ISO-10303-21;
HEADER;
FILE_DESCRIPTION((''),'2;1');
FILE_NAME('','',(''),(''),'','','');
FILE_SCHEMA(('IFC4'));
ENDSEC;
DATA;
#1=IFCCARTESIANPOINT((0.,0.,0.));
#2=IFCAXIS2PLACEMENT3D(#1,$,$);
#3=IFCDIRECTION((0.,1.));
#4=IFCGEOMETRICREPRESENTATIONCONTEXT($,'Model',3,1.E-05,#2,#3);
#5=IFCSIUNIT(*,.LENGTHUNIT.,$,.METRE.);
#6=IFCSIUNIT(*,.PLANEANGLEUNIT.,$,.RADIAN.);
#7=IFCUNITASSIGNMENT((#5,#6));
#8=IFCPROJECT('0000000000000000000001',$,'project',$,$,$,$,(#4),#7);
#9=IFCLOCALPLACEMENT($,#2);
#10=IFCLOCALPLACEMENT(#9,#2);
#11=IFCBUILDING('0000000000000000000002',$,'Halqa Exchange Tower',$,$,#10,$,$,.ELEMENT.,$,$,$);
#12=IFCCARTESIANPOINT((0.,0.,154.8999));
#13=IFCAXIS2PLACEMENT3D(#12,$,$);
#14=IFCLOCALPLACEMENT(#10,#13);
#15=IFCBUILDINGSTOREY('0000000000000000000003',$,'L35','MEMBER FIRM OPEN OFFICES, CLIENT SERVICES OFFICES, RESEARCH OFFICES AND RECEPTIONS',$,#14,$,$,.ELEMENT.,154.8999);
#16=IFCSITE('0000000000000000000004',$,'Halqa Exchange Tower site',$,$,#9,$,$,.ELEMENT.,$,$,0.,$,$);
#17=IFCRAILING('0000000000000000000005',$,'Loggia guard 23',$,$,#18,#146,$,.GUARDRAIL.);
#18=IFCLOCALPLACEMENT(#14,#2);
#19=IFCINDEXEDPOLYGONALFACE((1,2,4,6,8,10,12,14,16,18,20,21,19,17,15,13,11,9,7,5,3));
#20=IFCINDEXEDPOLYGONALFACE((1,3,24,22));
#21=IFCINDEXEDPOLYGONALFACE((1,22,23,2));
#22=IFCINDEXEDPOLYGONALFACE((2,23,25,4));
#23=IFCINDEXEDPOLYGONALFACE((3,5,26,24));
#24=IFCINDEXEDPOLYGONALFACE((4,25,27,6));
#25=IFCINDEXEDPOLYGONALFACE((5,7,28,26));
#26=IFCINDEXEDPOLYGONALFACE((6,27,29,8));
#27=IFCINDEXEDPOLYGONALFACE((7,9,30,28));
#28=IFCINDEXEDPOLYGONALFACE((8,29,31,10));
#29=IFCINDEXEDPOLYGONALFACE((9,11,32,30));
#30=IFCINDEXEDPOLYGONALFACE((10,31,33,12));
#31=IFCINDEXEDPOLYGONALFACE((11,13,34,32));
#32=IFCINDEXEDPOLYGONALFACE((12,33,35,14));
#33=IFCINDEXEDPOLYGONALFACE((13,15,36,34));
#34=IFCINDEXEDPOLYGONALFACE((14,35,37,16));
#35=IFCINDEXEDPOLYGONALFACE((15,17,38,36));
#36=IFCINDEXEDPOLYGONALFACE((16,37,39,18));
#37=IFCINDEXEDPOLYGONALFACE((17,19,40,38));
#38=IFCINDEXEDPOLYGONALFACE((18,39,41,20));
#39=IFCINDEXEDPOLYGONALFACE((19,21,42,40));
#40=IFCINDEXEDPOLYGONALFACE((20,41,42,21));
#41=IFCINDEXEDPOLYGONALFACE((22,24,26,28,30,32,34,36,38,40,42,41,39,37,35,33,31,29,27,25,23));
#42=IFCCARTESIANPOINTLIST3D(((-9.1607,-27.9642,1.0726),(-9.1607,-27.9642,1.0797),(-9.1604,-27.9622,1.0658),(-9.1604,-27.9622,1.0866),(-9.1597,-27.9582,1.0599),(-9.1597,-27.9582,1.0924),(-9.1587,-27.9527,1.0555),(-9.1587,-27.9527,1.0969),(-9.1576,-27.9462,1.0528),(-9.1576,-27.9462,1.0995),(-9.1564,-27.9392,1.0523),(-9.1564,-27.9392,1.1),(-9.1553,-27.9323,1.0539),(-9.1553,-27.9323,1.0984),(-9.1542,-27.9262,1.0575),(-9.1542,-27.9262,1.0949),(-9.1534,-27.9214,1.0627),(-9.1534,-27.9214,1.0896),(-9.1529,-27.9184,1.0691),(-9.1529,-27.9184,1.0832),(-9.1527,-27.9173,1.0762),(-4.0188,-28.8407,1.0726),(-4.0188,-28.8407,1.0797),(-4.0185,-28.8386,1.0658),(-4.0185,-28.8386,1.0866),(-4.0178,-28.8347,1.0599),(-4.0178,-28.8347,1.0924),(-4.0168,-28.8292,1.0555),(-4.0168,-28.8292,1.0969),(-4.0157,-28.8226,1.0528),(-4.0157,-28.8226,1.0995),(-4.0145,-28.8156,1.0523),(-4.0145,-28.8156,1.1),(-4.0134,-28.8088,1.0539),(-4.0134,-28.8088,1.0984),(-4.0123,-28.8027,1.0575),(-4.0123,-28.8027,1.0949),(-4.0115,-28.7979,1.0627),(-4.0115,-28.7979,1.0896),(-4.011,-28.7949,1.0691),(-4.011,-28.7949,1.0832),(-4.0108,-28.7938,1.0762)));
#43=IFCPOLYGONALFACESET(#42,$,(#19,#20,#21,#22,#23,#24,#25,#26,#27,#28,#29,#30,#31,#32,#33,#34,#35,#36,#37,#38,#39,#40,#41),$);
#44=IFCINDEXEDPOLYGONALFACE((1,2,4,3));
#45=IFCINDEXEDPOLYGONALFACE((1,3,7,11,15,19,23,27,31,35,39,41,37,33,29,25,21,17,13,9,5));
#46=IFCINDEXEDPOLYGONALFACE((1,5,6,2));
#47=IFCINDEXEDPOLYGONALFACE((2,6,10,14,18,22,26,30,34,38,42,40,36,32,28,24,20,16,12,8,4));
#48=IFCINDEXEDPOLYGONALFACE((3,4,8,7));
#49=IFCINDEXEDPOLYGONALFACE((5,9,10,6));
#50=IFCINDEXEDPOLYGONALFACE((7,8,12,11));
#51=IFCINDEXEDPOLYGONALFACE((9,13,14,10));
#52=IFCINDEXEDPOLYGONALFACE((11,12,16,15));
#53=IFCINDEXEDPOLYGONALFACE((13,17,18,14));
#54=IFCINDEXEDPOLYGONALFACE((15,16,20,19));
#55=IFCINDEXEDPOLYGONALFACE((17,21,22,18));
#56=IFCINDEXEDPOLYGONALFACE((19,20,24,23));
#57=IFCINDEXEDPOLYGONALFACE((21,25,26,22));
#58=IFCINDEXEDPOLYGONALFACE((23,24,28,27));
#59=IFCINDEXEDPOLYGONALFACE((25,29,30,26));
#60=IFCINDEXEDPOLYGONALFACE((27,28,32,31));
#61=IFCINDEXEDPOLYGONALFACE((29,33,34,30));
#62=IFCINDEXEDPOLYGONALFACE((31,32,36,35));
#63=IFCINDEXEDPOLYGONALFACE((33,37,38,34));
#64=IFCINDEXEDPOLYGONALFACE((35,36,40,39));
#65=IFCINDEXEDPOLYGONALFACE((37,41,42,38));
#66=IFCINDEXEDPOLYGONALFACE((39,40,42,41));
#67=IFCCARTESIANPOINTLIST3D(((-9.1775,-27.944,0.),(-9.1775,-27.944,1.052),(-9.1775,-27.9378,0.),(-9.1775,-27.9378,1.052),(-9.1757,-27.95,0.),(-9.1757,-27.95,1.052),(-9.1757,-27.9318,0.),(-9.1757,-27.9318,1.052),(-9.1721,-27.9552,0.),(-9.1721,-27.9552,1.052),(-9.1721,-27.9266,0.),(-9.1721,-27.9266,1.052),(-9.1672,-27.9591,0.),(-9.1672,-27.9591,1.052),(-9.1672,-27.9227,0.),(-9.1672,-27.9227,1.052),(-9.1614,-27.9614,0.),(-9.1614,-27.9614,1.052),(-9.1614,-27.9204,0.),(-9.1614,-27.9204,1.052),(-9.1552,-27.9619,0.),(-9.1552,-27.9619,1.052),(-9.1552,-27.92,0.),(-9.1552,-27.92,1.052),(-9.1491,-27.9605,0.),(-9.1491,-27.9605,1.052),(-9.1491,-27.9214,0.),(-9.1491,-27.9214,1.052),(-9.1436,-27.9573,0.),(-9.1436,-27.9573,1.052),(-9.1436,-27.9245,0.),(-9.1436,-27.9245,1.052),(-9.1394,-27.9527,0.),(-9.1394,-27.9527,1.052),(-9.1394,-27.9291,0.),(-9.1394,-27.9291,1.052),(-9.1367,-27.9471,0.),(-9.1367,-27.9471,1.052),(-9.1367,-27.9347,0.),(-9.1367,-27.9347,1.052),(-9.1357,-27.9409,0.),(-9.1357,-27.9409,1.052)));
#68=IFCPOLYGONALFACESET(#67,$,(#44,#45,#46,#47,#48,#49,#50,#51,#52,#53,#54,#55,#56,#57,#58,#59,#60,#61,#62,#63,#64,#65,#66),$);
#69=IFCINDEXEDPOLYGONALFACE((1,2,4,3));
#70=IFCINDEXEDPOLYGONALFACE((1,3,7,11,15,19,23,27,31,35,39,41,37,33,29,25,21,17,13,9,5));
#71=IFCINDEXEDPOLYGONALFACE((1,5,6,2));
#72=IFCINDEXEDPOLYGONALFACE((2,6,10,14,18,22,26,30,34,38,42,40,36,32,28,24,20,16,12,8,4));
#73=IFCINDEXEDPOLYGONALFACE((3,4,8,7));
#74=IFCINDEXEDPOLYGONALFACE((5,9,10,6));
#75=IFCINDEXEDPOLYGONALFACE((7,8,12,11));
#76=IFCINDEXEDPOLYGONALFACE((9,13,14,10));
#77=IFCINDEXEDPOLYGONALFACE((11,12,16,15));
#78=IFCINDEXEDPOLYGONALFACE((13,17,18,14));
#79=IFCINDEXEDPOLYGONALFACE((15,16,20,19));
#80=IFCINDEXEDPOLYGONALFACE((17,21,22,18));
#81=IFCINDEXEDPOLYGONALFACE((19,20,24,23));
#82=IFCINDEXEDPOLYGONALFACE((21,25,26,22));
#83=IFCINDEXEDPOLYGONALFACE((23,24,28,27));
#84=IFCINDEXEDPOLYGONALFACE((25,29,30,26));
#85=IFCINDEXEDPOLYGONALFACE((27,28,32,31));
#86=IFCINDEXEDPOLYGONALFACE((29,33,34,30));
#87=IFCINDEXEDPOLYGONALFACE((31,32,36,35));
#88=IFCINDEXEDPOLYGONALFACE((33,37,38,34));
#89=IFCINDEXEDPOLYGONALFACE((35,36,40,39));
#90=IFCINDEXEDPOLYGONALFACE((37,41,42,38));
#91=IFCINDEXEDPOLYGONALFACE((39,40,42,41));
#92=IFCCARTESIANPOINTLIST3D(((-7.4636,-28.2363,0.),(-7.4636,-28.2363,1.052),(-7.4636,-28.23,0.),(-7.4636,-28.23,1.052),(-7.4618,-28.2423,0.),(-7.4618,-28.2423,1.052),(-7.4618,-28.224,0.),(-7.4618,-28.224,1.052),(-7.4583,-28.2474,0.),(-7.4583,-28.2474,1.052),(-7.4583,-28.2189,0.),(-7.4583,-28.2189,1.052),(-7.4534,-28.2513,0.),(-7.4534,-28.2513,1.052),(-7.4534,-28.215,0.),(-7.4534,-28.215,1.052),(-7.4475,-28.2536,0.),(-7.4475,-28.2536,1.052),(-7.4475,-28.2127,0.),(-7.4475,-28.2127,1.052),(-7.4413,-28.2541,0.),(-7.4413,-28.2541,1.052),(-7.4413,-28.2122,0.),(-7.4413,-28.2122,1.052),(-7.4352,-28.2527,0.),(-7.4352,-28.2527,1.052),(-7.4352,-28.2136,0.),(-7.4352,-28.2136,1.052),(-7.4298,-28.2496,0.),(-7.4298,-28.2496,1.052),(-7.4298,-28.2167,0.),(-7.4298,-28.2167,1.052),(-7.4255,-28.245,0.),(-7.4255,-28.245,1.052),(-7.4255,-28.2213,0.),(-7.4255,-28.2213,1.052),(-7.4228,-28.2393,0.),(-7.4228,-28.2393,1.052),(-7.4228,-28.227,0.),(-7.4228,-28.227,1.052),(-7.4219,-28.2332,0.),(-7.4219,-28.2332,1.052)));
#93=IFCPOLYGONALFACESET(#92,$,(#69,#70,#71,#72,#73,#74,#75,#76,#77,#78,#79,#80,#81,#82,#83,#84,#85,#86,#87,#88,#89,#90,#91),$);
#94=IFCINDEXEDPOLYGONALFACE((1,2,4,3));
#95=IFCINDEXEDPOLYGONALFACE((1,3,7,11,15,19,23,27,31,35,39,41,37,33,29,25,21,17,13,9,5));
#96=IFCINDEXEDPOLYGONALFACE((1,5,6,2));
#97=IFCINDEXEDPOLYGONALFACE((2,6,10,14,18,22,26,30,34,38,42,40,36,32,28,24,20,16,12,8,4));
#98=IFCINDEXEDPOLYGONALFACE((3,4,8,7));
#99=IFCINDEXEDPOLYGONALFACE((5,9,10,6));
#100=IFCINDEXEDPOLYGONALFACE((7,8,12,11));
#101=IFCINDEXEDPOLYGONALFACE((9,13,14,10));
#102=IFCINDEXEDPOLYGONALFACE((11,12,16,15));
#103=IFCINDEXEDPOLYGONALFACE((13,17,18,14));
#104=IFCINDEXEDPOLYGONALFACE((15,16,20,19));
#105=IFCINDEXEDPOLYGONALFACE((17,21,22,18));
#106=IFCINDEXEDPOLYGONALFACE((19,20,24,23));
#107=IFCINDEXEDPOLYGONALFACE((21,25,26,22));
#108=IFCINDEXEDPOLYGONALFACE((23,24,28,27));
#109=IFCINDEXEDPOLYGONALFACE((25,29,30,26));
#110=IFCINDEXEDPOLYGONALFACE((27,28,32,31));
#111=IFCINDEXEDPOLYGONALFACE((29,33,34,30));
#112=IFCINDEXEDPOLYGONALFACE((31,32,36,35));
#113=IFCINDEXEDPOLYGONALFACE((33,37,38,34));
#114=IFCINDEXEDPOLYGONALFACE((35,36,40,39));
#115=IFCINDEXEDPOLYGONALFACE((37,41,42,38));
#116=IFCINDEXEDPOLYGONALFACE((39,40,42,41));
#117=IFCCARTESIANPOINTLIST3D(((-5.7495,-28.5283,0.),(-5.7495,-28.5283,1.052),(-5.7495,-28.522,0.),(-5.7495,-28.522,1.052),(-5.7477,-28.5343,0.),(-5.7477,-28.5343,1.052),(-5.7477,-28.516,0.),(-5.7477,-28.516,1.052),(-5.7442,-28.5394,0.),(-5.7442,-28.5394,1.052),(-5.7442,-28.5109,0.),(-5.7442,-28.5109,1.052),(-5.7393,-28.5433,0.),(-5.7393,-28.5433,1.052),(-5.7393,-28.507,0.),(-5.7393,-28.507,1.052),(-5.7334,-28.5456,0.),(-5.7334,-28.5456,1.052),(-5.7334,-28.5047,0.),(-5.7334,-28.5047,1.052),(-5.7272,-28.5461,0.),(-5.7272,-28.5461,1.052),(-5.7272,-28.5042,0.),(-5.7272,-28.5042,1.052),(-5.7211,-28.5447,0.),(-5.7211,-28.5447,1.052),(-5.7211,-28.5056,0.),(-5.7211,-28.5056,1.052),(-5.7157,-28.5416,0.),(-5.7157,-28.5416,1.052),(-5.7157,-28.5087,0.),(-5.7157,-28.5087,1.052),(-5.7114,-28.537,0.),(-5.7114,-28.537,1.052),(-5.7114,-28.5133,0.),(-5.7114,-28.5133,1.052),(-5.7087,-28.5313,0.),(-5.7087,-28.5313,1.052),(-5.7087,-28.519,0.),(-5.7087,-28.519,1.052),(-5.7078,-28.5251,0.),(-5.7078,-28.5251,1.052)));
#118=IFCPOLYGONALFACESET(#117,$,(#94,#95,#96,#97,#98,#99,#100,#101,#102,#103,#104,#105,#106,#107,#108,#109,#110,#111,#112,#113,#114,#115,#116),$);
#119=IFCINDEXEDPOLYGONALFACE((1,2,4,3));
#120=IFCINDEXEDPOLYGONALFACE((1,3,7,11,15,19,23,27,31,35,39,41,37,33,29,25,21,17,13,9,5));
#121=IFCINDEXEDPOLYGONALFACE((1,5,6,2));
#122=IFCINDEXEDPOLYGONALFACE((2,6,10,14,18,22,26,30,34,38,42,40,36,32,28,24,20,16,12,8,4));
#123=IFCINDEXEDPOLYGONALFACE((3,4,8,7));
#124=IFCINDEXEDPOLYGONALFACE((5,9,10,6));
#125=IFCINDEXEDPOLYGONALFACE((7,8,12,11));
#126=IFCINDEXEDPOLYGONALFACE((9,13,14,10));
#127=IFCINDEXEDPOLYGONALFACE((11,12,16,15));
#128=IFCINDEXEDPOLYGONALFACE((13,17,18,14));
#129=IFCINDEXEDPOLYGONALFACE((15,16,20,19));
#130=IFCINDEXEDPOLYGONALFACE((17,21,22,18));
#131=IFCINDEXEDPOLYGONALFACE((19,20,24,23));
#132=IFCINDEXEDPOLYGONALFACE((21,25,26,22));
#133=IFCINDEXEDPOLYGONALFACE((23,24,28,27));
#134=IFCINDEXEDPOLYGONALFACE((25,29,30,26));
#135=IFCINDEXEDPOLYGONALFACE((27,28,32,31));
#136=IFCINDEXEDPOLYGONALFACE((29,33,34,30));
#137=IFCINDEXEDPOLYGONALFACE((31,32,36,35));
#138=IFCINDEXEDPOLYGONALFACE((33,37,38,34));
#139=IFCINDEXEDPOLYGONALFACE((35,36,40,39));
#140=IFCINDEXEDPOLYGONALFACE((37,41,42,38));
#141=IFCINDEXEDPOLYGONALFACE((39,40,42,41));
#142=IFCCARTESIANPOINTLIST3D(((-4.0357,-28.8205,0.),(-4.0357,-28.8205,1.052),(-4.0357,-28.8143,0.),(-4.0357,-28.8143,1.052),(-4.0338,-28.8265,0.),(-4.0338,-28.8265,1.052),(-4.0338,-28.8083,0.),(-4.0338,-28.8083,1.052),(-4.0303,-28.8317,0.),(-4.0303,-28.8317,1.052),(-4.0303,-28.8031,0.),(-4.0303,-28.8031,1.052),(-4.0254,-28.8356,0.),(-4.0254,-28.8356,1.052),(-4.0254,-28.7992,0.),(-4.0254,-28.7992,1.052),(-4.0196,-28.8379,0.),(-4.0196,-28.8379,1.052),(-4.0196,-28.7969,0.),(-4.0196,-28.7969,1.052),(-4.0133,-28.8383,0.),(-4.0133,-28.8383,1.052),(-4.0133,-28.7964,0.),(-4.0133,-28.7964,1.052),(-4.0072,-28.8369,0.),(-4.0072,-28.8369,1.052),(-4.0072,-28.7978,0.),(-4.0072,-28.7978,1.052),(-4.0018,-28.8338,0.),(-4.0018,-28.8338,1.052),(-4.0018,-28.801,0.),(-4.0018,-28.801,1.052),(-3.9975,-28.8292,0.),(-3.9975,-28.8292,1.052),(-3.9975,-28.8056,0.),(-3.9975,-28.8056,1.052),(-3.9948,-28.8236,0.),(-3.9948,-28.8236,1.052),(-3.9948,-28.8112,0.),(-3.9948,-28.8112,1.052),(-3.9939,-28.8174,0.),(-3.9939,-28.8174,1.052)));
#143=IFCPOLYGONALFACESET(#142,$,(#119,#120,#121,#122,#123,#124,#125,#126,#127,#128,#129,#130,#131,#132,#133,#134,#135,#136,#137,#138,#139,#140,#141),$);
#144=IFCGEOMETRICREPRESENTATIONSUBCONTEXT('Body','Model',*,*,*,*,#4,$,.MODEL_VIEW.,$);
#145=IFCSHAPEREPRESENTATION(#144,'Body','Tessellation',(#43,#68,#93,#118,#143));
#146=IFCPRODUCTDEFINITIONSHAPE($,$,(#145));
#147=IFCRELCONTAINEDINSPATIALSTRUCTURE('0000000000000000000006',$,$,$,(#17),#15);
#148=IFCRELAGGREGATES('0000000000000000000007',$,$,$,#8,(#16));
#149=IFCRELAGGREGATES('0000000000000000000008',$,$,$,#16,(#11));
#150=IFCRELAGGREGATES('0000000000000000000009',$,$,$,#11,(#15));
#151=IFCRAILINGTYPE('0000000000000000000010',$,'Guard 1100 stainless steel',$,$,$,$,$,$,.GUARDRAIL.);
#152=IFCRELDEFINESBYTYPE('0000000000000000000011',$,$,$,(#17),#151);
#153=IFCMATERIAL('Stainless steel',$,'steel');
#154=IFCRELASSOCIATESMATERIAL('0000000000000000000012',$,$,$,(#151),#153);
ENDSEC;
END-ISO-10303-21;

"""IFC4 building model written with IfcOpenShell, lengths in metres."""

from ifc_helpers import new_model, si_unit, direction, frame, origin, origin_2d, place, context, subcontext, project, spatial, circle, extrude, material, type_object, element, save


model = new_model("IFC4")

# Units and contexts
model_context = context("Model", 3, precision=1e-05, world=origin(), true_north=direction((0.0, 1.0)))
body_context = subcontext(model_context, "Body", "Model", "MODEL_VIEW")
ifc_project = project(units=[si_unit("LENGTHUNIT", "METRE"), si_unit("PLANEANGLEUNIT", "RADIAN")], contexts=[model_context])

# Site, building, storey
site_placement = place(None, origin())
site = spatial("IfcSite", under=ifc_project, at=site_placement, Name="Halqa Exchange Tower site", CompositionType="ELEMENT", RefElevation=0.0)
building_placement = place(site_placement, origin())
building = spatial("IfcBuilding", under=site, at=building_placement, Name="Halqa Exchange Tower", CompositionType="ELEMENT")
storey_placement = place(building_placement, frame((0.0, 0.0, 154.8999)))
storey = spatial("IfcBuildingStorey", under=building, at=storey_placement, Name="L35", Description="MEMBER FIRM OPEN OFFICES, CLIENT SERVICES OFFICES, RESEARCH OFFICES AND RECEPTIONS", CompositionType="ELEMENT", Elevation=154.8999)

# Railing
ifc_material_1 = material(Name="Stainless steel", Category="steel")
railing_type = type_object("IfcRailingType", Name="Guard 1100 stainless steel", PredefinedType="GUARDRAIL", material=ifc_material_1)
railing_1_placement = place(storey_placement, frame((-9.1567, -27.9409, 0.0)))
element("IfcRailing", 1, at=railing_1_placement, inside=storey, type_object=railing_type, Name="Loggia guard 23", PredefinedType="GUARDRAIL", context=body_context, shape_type="SweptSolid", body=[
    extrude(circle(Radius=0.0239, at=origin_2d()), frame((0.0, 0.0, 1.0762), z_axis=(0.985781, -0.168034, 0.0), x_axis=(0.168034, 0.985781, 0.0)), (0.0, 0.0, 1.0), 5.2161),
    extrude(circle(Radius=0.021, at=origin_2d()), origin(), (0.0, 0.0, 1.0), 1.052),
    extrude(circle(Radius=0.021, at=origin_2d()), frame((1.7139, -0.2922, 0.0)), (0.0, 0.0, 1.0), 1.052),
    extrude(circle(Radius=0.021, at=origin_2d()), frame((3.428, -0.5842, 0.0)), (0.0, 0.0, 1.0), 1.052),
    extrude(circle(Radius=0.021, at=origin_2d()), frame((5.1418, -0.8765, 0.0)), (0.0, 0.0, 1.0), 1.052),
])

save(model, "model.ifc")
